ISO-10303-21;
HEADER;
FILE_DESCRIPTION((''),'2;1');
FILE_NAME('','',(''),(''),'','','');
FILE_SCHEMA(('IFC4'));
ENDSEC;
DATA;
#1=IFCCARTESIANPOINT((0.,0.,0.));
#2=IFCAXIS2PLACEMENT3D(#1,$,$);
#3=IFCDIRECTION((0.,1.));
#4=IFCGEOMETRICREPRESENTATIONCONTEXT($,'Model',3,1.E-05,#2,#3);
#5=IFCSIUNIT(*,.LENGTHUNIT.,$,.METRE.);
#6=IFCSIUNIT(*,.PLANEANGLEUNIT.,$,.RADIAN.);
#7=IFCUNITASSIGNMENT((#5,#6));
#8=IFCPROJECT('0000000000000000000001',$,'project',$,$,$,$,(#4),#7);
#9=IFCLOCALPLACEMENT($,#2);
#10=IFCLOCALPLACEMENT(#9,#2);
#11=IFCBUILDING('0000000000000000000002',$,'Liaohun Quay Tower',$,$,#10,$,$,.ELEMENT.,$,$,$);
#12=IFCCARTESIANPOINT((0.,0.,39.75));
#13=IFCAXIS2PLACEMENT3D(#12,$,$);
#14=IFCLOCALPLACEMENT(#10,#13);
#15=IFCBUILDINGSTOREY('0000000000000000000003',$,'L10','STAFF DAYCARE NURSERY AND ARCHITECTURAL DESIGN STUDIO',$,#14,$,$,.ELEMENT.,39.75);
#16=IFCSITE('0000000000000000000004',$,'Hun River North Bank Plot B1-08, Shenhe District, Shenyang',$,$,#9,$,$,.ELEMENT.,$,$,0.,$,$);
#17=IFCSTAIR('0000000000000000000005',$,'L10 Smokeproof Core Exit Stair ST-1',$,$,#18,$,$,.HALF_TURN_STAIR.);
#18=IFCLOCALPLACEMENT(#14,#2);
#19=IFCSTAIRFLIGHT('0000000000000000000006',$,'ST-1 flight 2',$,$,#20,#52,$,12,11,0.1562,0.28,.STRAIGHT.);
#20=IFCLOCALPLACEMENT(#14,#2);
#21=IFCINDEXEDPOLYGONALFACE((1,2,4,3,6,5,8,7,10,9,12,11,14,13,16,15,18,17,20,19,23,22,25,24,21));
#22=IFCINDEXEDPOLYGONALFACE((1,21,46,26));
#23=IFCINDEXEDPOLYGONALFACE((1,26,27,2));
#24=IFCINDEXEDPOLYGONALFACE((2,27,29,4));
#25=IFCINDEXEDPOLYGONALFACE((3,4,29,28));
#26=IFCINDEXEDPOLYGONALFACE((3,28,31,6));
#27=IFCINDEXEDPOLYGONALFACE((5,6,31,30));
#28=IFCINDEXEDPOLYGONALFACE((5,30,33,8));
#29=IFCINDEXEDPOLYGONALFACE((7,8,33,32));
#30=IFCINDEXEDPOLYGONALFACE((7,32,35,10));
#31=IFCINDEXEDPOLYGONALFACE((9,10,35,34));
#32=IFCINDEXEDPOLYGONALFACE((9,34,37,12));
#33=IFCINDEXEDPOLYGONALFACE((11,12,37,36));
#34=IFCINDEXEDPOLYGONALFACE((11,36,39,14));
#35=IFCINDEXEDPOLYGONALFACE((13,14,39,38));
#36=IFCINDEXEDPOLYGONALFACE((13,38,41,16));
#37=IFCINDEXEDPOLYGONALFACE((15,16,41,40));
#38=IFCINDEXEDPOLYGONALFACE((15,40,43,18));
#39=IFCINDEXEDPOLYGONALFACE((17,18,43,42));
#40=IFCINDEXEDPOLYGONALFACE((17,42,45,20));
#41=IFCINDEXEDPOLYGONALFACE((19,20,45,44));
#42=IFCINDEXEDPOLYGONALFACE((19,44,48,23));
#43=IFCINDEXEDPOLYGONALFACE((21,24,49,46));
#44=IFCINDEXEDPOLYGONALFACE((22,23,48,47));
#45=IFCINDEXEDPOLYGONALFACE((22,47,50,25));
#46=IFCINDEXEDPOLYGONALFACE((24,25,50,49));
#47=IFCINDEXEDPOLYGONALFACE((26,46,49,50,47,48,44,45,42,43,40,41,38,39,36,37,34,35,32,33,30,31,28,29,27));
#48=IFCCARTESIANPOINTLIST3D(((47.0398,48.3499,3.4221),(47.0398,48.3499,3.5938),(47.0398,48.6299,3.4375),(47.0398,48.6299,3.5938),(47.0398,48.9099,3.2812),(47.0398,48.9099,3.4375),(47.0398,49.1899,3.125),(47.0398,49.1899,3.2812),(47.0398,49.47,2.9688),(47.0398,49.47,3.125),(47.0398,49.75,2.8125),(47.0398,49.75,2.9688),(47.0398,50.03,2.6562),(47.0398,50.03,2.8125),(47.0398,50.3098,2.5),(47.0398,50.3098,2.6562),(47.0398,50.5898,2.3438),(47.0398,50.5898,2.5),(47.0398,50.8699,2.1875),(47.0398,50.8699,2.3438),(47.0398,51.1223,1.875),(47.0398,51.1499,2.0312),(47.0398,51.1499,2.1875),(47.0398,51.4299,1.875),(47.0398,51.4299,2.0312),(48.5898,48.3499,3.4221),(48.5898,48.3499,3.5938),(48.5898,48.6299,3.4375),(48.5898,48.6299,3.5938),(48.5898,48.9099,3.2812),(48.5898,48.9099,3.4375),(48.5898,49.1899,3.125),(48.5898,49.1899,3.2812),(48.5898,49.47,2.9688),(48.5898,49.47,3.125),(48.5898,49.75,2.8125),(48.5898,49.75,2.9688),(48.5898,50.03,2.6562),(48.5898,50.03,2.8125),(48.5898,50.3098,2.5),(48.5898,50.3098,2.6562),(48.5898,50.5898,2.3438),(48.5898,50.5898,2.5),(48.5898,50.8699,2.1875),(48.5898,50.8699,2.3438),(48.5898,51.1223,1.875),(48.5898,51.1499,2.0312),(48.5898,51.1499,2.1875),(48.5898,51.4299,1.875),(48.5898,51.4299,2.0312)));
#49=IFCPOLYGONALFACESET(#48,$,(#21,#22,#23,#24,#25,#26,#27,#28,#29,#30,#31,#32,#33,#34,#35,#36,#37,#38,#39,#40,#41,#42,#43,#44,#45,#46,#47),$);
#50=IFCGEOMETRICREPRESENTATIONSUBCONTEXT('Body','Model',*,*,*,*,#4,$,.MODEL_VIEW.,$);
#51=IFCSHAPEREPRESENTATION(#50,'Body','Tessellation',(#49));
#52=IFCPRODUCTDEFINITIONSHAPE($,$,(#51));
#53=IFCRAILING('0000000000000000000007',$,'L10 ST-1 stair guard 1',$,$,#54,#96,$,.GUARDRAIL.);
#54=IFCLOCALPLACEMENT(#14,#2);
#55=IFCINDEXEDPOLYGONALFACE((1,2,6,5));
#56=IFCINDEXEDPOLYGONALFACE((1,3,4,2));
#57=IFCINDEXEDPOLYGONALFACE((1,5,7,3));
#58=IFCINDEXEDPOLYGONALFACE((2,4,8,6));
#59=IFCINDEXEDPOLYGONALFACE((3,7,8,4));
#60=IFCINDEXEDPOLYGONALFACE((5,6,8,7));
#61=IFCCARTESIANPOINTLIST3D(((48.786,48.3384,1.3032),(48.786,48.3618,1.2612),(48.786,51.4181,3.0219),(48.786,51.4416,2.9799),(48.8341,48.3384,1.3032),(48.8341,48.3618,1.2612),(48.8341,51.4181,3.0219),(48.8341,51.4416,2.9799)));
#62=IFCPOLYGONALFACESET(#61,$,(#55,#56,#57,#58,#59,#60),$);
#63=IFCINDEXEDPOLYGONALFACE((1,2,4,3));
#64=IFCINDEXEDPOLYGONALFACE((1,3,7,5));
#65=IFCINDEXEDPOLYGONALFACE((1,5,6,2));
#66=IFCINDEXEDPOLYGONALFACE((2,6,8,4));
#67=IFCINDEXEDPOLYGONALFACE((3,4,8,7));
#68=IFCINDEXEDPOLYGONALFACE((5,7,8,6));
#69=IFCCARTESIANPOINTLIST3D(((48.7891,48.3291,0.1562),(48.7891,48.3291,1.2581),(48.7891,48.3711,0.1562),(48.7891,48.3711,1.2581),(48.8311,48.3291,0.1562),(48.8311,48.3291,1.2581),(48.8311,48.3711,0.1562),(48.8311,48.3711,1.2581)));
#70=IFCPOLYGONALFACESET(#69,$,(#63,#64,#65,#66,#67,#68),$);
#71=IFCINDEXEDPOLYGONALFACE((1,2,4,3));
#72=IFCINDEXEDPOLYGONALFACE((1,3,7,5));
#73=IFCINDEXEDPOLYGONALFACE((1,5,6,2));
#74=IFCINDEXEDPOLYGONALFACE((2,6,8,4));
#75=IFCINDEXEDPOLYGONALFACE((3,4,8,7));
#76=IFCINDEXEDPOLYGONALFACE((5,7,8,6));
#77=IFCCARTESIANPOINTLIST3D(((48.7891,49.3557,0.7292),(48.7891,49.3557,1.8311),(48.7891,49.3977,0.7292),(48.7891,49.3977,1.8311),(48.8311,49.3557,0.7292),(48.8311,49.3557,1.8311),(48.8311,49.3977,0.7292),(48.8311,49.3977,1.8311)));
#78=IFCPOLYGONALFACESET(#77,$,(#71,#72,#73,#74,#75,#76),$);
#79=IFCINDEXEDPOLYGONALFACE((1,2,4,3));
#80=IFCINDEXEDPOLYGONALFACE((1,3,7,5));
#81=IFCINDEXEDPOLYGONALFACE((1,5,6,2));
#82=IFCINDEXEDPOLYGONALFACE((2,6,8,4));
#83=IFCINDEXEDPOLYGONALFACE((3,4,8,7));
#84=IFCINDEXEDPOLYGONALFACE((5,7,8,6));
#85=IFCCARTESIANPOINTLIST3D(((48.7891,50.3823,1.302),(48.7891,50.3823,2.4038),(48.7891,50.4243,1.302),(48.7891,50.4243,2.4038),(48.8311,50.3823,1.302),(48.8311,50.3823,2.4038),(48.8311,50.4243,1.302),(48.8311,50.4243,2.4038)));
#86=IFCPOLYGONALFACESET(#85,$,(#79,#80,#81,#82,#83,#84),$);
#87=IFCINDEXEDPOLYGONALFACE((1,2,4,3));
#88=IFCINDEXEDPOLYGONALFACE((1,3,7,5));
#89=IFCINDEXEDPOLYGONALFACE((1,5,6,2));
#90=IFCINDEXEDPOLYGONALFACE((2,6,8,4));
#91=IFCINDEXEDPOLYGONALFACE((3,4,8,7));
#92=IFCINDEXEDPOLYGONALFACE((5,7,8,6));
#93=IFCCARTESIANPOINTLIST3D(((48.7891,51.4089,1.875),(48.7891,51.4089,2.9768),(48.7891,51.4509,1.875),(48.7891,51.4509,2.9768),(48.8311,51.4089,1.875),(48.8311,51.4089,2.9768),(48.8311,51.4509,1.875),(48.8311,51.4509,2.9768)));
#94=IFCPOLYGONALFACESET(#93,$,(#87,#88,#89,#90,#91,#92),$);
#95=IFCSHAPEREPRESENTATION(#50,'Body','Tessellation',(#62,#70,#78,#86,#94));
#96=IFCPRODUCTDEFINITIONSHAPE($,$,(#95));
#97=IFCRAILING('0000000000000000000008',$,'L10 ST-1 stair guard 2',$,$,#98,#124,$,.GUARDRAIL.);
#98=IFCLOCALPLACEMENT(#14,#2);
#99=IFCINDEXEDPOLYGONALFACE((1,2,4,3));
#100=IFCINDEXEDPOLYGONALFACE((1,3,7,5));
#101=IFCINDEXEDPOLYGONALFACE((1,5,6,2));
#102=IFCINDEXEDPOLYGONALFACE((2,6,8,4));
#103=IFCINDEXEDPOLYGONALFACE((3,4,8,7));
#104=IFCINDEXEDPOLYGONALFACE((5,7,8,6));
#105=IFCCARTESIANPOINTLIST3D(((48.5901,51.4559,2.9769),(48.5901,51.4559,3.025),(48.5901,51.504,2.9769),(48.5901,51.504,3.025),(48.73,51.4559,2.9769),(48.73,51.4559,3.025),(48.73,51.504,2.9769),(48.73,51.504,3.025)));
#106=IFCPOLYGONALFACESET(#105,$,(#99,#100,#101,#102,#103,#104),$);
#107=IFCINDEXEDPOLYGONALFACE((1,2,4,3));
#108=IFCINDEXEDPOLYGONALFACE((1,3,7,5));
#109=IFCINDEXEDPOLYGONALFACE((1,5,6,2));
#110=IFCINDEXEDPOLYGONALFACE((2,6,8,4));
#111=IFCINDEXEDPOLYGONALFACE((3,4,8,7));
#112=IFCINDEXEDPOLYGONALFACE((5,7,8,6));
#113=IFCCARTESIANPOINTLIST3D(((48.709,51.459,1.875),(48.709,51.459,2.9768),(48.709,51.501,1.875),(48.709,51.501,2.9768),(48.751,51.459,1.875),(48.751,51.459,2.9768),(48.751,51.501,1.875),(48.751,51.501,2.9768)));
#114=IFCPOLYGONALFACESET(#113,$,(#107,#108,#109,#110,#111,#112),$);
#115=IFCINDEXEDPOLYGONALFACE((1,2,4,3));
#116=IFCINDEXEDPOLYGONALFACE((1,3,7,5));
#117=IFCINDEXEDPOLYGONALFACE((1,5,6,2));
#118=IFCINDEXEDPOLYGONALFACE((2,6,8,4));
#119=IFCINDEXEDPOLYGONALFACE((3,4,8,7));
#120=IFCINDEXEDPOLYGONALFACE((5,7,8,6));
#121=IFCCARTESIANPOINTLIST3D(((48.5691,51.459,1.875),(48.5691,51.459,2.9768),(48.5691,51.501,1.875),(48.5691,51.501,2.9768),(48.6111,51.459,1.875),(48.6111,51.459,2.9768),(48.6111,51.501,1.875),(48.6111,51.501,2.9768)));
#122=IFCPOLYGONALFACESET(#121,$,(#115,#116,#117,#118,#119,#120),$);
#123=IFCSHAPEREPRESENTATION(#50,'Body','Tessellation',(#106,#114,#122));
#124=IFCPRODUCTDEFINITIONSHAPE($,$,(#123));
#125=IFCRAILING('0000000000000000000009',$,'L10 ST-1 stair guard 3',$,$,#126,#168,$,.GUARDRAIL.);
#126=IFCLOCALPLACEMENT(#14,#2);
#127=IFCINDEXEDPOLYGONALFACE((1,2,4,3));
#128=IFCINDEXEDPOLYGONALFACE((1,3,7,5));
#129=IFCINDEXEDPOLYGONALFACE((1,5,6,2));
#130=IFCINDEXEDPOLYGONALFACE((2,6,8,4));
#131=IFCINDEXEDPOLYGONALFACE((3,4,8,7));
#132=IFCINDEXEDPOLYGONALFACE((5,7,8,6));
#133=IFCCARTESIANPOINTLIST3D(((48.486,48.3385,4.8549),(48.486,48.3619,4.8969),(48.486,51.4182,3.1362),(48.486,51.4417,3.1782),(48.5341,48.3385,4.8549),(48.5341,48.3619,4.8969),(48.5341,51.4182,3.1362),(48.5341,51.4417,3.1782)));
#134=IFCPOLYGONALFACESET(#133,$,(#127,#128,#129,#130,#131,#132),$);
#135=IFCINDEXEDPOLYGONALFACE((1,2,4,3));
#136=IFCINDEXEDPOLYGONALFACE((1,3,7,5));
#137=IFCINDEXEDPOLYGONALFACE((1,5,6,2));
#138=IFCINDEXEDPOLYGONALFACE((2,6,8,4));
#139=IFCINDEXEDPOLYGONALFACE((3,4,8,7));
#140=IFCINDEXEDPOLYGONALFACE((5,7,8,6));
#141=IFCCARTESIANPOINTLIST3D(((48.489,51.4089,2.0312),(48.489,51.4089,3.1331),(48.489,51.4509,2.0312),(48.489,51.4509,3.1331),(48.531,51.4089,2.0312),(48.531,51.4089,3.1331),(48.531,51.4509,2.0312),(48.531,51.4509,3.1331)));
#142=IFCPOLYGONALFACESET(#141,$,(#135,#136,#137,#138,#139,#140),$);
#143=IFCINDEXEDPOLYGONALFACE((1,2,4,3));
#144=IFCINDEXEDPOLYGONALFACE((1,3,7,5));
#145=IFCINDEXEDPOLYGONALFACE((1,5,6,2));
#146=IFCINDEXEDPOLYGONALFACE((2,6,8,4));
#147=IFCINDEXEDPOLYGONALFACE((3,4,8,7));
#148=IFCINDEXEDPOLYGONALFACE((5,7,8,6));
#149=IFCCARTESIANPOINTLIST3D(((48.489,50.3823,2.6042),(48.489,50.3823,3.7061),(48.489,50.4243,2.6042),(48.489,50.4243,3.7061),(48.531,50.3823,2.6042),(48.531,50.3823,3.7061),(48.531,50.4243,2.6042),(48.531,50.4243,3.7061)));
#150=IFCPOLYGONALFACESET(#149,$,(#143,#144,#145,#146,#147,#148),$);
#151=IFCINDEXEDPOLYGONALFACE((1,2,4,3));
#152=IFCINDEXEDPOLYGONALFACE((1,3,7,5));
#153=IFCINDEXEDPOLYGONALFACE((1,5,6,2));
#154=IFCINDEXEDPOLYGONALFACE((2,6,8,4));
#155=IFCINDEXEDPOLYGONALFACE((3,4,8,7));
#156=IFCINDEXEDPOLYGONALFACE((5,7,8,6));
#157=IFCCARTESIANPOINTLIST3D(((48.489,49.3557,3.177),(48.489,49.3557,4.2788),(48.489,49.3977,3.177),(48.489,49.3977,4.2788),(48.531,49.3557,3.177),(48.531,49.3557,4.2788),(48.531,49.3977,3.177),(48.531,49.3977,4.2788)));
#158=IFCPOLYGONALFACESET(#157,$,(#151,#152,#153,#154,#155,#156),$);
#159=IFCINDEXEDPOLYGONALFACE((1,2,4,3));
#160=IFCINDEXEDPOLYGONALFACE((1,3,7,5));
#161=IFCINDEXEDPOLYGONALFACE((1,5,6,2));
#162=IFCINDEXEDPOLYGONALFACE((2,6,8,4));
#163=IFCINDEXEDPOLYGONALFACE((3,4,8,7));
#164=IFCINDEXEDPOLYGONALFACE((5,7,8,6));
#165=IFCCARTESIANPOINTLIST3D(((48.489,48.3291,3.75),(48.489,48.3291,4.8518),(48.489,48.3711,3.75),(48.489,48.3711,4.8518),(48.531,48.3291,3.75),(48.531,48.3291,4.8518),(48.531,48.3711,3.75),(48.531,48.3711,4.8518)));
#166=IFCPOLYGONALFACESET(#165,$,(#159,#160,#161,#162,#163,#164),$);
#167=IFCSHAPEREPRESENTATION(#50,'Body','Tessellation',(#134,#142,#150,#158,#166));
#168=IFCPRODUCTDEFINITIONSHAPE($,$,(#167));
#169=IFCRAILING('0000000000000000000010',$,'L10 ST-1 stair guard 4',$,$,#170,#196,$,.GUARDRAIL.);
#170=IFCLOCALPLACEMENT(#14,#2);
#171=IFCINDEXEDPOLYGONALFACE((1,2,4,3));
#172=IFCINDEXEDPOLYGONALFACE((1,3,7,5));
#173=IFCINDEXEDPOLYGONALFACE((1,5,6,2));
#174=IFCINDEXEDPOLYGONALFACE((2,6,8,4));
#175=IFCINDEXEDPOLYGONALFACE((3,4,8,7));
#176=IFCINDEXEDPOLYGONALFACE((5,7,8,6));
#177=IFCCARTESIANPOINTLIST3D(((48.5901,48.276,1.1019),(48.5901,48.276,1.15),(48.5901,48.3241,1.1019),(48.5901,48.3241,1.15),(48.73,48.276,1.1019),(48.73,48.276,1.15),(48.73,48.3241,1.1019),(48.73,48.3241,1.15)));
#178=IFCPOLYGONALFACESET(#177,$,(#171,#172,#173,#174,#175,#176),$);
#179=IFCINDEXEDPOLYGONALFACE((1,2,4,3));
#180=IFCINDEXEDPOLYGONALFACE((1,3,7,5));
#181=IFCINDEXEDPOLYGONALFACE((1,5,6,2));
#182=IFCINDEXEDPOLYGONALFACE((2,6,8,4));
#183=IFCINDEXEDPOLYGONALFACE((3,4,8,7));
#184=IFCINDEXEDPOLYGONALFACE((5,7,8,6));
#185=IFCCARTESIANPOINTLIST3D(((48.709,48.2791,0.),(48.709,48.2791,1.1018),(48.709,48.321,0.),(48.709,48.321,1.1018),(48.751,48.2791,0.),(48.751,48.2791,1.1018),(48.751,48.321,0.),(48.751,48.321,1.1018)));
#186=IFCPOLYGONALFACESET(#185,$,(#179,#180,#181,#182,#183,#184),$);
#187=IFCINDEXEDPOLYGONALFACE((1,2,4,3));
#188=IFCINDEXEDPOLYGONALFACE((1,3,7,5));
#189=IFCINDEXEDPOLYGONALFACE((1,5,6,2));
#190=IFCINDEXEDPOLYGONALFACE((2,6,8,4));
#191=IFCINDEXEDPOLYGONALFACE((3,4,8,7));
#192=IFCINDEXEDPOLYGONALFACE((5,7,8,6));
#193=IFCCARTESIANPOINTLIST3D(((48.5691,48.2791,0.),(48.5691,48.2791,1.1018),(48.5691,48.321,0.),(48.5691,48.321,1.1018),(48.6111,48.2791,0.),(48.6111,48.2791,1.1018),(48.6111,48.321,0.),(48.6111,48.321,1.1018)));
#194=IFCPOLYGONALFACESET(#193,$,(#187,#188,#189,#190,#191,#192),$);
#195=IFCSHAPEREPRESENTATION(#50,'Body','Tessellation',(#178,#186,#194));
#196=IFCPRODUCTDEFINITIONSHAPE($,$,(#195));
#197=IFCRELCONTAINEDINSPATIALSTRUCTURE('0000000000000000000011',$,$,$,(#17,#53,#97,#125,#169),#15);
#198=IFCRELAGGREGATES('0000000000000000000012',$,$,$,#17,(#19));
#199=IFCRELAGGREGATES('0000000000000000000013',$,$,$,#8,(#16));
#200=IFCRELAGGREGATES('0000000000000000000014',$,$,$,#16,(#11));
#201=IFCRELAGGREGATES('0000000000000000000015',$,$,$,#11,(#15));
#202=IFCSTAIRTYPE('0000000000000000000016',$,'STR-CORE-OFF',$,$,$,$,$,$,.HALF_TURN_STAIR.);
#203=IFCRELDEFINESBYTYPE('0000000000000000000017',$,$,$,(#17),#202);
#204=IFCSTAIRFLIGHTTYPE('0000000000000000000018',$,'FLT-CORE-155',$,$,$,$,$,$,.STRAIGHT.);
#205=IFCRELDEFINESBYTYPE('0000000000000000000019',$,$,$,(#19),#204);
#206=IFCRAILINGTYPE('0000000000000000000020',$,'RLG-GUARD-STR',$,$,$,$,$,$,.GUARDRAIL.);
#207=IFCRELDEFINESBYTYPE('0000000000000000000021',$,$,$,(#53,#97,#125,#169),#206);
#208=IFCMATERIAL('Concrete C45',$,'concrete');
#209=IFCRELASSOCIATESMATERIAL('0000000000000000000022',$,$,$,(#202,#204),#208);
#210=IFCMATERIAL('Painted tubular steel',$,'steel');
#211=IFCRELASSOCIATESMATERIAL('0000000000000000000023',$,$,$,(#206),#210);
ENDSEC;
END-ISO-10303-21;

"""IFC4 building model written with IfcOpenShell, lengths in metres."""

from ifc_helpers import new_model, si_unit, direction, frame, origin, origin_2d, place, context, subcontext, project, spatial, polyline, rectangle, outline, extrude, material, type_object, element, aggregate, save


model = new_model("IFC4")

# Units and contexts
model_context = context("Model", 3, precision=1e-05, world=origin(), true_north=direction((0.0, 1.0)))
body_context = subcontext(model_context, "Body", "Model", "MODEL_VIEW")
ifc_project = project(units=[si_unit("LENGTHUNIT", "METRE"), si_unit("PLANEANGLEUNIT", "RADIAN")], contexts=[model_context])

# Site, building, storey
site_placement = place(None, origin())
site = spatial("IfcSite", under=ifc_project, at=site_placement, Name="Hun River North Bank Plot B1-08, Shenhe District, Shenyang", CompositionType="ELEMENT", RefElevation=0.0)
building_placement = place(site_placement, origin())
building = spatial("IfcBuilding", under=site, at=building_placement, Name="Liaohun Quay Tower", CompositionType="ELEMENT")
storey_placement = place(building_placement, frame((0.0, 0.0, 39.75)))
storey = spatial("IfcBuildingStorey", under=building, at=storey_placement, Name="L10", Description="STAFF DAYCARE NURSERY AND ARCHITECTURAL DESIGN STUDIO", CompositionType="ELEMENT", Elevation=39.75)

# Stair, stair flight
ifc_material_1 = material(Name="Concrete C45", Category="concrete")
stair_type = type_object("IfcStairType", Name="STR-CORE-OFF", PredefinedType="HALF_TURN_STAIR", material=ifc_material_1)
stair_placement = place(storey_placement, origin())
stair = element("IfcStair", 1, at=stair_placement, inside=storey, type_object=stair_type, Name="L10 Smokeproof Core Exit Stair ST-1", PredefinedType="HALF_TURN_STAIR")
stair_flight_type = type_object("IfcStairFlightType", Name="FLT-CORE-155", PredefinedType="STRAIGHT", material=ifc_material_1)
stair_flight_1_placement = place(storey_placement, frame((47.8149, 51.4299, 1.875), z_axis=(0.0, 0.0, 1.0), x_axis=(0.0, -1.0, 0.0)))
stair_flight_1 = element("IfcStairFlight", 2, at=stair_flight_1_placement, type_object=stair_flight_type, Name="ST-1 flight 2", NumberOfRisers=12, NumberOfTreads=11, PredefinedType="STRAIGHT", RiserHeight=0.1562, TreadLength=0.28, context=body_context, shape_type="SweptSolid", body=[
    extrude(outline(polyline([(0.0, 0.0), (0.0, 0.1562), (0.28, 0.1562), (0.28, 0.3125), (0.5601, 0.3125), (0.5601, 0.4688), (0.8401, 0.4688), (0.8401, 0.625), (1.1201, 0.625), (1.1201, 0.7812), (1.3999, 0.7812), (1.3999, 0.9375), (1.6799, 0.9375), (1.6799, 1.0938), (1.96, 1.0938), (1.96, 1.25), (2.24, 1.25), (2.24, 1.4062), (2.52, 1.4062), (2.52, 1.5625), (2.8, 1.5625), (2.8, 1.7188), (3.0801, 1.7188), (3.0801, 1.875), (3.0801, 1.5471), (0.3076, 0.0), (0.0, 0.0)])), frame((0.0, 0.7749, 0.0), z_axis=(0.0, -1.0, 0.0), x_axis=(1.0, 0.0, 0.0)), (0.0, 0.0, 1.0), 1.55),
])
aggregate(stair, [stair_flight_1])

# Railings
ifc_material_2 = material(Name="Painted tubular steel", Category="steel")
railing_type_1 = type_object("IfcRailingType", Name="RLG-GUARD-STR", PredefinedType="GUARDRAIL", material=ifc_material_2)
railing_1_placement = place(storey_placement, frame((48.8101, 48.3501, 0.1562)))
element("IfcRailing", 3, at=railing_1_placement, inside=storey, type_object=railing_type_1, Name="L10 ST-1 stair guard 1", PredefinedType="GUARDRAIL", context=body_context, shape_type="SweptSolid", body=[
    extrude(rectangle(XDim=0.0481, YDim=0.0481, at=origin_2d()), frame((0.0, 0.0, 1.126), z_axis=(0.0, 0.873225, 0.487317), x_axis=(-1.0, 0.0, 0.0)), (0.0, 0.0, 1.0), 3.5269),
    extrude(rectangle(XDim=0.042, YDim=0.042, at=origin_2d()), origin(), (0.0, 0.0, 1.0), 1.1018),
    extrude(rectangle(XDim=0.042, YDim=0.042, at=origin_2d()), frame((0.0, 1.0266, 0.573)), (0.0, 0.0, 1.0), 1.1018),
    extrude(rectangle(XDim=0.042, YDim=0.042, at=origin_2d()), frame((0.0, 2.0532, 1.1458)), (0.0, 0.0, 1.0), 1.1018),
    extrude(rectangle(XDim=0.042, YDim=0.042, at=origin_2d()), frame((0.0, 3.0798, 1.7188)), (0.0, 0.0, 1.0), 1.1018),
])
railing_2_placement = place(storey_placement, frame((48.73, 51.48, 1.875)))
element("IfcRailing", 4, at=railing_2_placement, inside=storey, type_object=railing_type_1, Name="L10 ST-1 stair guard 2", PredefinedType="GUARDRAIL", context=body_context, shape_type="SweptSolid", body=[
    extrude(rectangle(XDim=0.0481, YDim=0.0481, at=origin_2d()), frame((0.0, 0.0, 1.126), z_axis=(-1.0, 0.0, 0.0), x_axis=(0.0, -1.0, 0.0)), (0.0, 0.0, 1.0), 0.1399),
    extrude(rectangle(XDim=0.042, YDim=0.042, at=origin_2d()), origin(), (0.0, 0.0, 1.0), 1.1018),
    extrude(rectangle(XDim=0.042, YDim=0.042, at=origin_2d()), frame((-0.1399, 0.0, 0.0)), (0.0, 0.0, 1.0), 1.1018),
])
railing_3_placement = place(storey_placement, frame((48.51, 51.4299, 2.0312)))
element("IfcRailing", 5, at=railing_3_placement, inside=storey, type_object=railing_type_1, Name="L10 ST-1 stair guard 3", PredefinedType="GUARDRAIL", context=body_context, shape_type="SweptSolid", body=[
    extrude(rectangle(XDim=0.0481, YDim=0.0481, at=origin_2d()), frame((0.0, 0.0, 1.126), z_axis=(0.0, -0.873225, 0.487317), x_axis=(1.0, 0.0, 0.0)), (0.0, 0.0, 1.0), 3.5269),
    extrude(rectangle(XDim=0.042, YDim=0.042, at=origin_2d()), origin(), (0.0, 0.0, 1.0), 1.1018),
    extrude(rectangle(XDim=0.042, YDim=0.042, at=origin_2d()), frame((0.0, -1.0266, 0.573)), (0.0, 0.0, 1.0), 1.1018),
    extrude(rectangle(XDim=0.042, YDim=0.042, at=origin_2d()), frame((0.0, -2.0532, 1.1458)), (0.0, 0.0, 1.0), 1.1018),
    extrude(rectangle(XDim=0.042, YDim=0.042, at=origin_2d()), frame((0.0, -3.0798, 1.7188)), (0.0, 0.0, 1.0), 1.1018),
])
railing_4_placement = place(storey_placement, frame((48.73, 48.3, 0.0)))
element("IfcRailing", 6, at=railing_4_placement, inside=storey, type_object=railing_type_1, Name="L10 ST-1 stair guard 4", PredefinedType="GUARDRAIL", context=body_context, shape_type="SweptSolid", body=[
    extrude(rectangle(XDim=0.0481, YDim=0.0481, at=origin_2d()), frame((0.0, 0.0, 1.126), z_axis=(-1.0, 0.0, 0.0), x_axis=(0.0, -1.0, 0.0)), (0.0, 0.0, 1.0), 0.1399),
    extrude(rectangle(XDim=0.042, YDim=0.042, at=origin_2d()), origin(), (0.0, 0.0, 1.0), 1.1018),
    extrude(rectangle(XDim=0.042, YDim=0.042, at=origin_2d()), frame((-0.1399, 0.0, 0.0)), (0.0, 0.0, 1.0), 1.1018),
])

save(model, "model.ifc")
